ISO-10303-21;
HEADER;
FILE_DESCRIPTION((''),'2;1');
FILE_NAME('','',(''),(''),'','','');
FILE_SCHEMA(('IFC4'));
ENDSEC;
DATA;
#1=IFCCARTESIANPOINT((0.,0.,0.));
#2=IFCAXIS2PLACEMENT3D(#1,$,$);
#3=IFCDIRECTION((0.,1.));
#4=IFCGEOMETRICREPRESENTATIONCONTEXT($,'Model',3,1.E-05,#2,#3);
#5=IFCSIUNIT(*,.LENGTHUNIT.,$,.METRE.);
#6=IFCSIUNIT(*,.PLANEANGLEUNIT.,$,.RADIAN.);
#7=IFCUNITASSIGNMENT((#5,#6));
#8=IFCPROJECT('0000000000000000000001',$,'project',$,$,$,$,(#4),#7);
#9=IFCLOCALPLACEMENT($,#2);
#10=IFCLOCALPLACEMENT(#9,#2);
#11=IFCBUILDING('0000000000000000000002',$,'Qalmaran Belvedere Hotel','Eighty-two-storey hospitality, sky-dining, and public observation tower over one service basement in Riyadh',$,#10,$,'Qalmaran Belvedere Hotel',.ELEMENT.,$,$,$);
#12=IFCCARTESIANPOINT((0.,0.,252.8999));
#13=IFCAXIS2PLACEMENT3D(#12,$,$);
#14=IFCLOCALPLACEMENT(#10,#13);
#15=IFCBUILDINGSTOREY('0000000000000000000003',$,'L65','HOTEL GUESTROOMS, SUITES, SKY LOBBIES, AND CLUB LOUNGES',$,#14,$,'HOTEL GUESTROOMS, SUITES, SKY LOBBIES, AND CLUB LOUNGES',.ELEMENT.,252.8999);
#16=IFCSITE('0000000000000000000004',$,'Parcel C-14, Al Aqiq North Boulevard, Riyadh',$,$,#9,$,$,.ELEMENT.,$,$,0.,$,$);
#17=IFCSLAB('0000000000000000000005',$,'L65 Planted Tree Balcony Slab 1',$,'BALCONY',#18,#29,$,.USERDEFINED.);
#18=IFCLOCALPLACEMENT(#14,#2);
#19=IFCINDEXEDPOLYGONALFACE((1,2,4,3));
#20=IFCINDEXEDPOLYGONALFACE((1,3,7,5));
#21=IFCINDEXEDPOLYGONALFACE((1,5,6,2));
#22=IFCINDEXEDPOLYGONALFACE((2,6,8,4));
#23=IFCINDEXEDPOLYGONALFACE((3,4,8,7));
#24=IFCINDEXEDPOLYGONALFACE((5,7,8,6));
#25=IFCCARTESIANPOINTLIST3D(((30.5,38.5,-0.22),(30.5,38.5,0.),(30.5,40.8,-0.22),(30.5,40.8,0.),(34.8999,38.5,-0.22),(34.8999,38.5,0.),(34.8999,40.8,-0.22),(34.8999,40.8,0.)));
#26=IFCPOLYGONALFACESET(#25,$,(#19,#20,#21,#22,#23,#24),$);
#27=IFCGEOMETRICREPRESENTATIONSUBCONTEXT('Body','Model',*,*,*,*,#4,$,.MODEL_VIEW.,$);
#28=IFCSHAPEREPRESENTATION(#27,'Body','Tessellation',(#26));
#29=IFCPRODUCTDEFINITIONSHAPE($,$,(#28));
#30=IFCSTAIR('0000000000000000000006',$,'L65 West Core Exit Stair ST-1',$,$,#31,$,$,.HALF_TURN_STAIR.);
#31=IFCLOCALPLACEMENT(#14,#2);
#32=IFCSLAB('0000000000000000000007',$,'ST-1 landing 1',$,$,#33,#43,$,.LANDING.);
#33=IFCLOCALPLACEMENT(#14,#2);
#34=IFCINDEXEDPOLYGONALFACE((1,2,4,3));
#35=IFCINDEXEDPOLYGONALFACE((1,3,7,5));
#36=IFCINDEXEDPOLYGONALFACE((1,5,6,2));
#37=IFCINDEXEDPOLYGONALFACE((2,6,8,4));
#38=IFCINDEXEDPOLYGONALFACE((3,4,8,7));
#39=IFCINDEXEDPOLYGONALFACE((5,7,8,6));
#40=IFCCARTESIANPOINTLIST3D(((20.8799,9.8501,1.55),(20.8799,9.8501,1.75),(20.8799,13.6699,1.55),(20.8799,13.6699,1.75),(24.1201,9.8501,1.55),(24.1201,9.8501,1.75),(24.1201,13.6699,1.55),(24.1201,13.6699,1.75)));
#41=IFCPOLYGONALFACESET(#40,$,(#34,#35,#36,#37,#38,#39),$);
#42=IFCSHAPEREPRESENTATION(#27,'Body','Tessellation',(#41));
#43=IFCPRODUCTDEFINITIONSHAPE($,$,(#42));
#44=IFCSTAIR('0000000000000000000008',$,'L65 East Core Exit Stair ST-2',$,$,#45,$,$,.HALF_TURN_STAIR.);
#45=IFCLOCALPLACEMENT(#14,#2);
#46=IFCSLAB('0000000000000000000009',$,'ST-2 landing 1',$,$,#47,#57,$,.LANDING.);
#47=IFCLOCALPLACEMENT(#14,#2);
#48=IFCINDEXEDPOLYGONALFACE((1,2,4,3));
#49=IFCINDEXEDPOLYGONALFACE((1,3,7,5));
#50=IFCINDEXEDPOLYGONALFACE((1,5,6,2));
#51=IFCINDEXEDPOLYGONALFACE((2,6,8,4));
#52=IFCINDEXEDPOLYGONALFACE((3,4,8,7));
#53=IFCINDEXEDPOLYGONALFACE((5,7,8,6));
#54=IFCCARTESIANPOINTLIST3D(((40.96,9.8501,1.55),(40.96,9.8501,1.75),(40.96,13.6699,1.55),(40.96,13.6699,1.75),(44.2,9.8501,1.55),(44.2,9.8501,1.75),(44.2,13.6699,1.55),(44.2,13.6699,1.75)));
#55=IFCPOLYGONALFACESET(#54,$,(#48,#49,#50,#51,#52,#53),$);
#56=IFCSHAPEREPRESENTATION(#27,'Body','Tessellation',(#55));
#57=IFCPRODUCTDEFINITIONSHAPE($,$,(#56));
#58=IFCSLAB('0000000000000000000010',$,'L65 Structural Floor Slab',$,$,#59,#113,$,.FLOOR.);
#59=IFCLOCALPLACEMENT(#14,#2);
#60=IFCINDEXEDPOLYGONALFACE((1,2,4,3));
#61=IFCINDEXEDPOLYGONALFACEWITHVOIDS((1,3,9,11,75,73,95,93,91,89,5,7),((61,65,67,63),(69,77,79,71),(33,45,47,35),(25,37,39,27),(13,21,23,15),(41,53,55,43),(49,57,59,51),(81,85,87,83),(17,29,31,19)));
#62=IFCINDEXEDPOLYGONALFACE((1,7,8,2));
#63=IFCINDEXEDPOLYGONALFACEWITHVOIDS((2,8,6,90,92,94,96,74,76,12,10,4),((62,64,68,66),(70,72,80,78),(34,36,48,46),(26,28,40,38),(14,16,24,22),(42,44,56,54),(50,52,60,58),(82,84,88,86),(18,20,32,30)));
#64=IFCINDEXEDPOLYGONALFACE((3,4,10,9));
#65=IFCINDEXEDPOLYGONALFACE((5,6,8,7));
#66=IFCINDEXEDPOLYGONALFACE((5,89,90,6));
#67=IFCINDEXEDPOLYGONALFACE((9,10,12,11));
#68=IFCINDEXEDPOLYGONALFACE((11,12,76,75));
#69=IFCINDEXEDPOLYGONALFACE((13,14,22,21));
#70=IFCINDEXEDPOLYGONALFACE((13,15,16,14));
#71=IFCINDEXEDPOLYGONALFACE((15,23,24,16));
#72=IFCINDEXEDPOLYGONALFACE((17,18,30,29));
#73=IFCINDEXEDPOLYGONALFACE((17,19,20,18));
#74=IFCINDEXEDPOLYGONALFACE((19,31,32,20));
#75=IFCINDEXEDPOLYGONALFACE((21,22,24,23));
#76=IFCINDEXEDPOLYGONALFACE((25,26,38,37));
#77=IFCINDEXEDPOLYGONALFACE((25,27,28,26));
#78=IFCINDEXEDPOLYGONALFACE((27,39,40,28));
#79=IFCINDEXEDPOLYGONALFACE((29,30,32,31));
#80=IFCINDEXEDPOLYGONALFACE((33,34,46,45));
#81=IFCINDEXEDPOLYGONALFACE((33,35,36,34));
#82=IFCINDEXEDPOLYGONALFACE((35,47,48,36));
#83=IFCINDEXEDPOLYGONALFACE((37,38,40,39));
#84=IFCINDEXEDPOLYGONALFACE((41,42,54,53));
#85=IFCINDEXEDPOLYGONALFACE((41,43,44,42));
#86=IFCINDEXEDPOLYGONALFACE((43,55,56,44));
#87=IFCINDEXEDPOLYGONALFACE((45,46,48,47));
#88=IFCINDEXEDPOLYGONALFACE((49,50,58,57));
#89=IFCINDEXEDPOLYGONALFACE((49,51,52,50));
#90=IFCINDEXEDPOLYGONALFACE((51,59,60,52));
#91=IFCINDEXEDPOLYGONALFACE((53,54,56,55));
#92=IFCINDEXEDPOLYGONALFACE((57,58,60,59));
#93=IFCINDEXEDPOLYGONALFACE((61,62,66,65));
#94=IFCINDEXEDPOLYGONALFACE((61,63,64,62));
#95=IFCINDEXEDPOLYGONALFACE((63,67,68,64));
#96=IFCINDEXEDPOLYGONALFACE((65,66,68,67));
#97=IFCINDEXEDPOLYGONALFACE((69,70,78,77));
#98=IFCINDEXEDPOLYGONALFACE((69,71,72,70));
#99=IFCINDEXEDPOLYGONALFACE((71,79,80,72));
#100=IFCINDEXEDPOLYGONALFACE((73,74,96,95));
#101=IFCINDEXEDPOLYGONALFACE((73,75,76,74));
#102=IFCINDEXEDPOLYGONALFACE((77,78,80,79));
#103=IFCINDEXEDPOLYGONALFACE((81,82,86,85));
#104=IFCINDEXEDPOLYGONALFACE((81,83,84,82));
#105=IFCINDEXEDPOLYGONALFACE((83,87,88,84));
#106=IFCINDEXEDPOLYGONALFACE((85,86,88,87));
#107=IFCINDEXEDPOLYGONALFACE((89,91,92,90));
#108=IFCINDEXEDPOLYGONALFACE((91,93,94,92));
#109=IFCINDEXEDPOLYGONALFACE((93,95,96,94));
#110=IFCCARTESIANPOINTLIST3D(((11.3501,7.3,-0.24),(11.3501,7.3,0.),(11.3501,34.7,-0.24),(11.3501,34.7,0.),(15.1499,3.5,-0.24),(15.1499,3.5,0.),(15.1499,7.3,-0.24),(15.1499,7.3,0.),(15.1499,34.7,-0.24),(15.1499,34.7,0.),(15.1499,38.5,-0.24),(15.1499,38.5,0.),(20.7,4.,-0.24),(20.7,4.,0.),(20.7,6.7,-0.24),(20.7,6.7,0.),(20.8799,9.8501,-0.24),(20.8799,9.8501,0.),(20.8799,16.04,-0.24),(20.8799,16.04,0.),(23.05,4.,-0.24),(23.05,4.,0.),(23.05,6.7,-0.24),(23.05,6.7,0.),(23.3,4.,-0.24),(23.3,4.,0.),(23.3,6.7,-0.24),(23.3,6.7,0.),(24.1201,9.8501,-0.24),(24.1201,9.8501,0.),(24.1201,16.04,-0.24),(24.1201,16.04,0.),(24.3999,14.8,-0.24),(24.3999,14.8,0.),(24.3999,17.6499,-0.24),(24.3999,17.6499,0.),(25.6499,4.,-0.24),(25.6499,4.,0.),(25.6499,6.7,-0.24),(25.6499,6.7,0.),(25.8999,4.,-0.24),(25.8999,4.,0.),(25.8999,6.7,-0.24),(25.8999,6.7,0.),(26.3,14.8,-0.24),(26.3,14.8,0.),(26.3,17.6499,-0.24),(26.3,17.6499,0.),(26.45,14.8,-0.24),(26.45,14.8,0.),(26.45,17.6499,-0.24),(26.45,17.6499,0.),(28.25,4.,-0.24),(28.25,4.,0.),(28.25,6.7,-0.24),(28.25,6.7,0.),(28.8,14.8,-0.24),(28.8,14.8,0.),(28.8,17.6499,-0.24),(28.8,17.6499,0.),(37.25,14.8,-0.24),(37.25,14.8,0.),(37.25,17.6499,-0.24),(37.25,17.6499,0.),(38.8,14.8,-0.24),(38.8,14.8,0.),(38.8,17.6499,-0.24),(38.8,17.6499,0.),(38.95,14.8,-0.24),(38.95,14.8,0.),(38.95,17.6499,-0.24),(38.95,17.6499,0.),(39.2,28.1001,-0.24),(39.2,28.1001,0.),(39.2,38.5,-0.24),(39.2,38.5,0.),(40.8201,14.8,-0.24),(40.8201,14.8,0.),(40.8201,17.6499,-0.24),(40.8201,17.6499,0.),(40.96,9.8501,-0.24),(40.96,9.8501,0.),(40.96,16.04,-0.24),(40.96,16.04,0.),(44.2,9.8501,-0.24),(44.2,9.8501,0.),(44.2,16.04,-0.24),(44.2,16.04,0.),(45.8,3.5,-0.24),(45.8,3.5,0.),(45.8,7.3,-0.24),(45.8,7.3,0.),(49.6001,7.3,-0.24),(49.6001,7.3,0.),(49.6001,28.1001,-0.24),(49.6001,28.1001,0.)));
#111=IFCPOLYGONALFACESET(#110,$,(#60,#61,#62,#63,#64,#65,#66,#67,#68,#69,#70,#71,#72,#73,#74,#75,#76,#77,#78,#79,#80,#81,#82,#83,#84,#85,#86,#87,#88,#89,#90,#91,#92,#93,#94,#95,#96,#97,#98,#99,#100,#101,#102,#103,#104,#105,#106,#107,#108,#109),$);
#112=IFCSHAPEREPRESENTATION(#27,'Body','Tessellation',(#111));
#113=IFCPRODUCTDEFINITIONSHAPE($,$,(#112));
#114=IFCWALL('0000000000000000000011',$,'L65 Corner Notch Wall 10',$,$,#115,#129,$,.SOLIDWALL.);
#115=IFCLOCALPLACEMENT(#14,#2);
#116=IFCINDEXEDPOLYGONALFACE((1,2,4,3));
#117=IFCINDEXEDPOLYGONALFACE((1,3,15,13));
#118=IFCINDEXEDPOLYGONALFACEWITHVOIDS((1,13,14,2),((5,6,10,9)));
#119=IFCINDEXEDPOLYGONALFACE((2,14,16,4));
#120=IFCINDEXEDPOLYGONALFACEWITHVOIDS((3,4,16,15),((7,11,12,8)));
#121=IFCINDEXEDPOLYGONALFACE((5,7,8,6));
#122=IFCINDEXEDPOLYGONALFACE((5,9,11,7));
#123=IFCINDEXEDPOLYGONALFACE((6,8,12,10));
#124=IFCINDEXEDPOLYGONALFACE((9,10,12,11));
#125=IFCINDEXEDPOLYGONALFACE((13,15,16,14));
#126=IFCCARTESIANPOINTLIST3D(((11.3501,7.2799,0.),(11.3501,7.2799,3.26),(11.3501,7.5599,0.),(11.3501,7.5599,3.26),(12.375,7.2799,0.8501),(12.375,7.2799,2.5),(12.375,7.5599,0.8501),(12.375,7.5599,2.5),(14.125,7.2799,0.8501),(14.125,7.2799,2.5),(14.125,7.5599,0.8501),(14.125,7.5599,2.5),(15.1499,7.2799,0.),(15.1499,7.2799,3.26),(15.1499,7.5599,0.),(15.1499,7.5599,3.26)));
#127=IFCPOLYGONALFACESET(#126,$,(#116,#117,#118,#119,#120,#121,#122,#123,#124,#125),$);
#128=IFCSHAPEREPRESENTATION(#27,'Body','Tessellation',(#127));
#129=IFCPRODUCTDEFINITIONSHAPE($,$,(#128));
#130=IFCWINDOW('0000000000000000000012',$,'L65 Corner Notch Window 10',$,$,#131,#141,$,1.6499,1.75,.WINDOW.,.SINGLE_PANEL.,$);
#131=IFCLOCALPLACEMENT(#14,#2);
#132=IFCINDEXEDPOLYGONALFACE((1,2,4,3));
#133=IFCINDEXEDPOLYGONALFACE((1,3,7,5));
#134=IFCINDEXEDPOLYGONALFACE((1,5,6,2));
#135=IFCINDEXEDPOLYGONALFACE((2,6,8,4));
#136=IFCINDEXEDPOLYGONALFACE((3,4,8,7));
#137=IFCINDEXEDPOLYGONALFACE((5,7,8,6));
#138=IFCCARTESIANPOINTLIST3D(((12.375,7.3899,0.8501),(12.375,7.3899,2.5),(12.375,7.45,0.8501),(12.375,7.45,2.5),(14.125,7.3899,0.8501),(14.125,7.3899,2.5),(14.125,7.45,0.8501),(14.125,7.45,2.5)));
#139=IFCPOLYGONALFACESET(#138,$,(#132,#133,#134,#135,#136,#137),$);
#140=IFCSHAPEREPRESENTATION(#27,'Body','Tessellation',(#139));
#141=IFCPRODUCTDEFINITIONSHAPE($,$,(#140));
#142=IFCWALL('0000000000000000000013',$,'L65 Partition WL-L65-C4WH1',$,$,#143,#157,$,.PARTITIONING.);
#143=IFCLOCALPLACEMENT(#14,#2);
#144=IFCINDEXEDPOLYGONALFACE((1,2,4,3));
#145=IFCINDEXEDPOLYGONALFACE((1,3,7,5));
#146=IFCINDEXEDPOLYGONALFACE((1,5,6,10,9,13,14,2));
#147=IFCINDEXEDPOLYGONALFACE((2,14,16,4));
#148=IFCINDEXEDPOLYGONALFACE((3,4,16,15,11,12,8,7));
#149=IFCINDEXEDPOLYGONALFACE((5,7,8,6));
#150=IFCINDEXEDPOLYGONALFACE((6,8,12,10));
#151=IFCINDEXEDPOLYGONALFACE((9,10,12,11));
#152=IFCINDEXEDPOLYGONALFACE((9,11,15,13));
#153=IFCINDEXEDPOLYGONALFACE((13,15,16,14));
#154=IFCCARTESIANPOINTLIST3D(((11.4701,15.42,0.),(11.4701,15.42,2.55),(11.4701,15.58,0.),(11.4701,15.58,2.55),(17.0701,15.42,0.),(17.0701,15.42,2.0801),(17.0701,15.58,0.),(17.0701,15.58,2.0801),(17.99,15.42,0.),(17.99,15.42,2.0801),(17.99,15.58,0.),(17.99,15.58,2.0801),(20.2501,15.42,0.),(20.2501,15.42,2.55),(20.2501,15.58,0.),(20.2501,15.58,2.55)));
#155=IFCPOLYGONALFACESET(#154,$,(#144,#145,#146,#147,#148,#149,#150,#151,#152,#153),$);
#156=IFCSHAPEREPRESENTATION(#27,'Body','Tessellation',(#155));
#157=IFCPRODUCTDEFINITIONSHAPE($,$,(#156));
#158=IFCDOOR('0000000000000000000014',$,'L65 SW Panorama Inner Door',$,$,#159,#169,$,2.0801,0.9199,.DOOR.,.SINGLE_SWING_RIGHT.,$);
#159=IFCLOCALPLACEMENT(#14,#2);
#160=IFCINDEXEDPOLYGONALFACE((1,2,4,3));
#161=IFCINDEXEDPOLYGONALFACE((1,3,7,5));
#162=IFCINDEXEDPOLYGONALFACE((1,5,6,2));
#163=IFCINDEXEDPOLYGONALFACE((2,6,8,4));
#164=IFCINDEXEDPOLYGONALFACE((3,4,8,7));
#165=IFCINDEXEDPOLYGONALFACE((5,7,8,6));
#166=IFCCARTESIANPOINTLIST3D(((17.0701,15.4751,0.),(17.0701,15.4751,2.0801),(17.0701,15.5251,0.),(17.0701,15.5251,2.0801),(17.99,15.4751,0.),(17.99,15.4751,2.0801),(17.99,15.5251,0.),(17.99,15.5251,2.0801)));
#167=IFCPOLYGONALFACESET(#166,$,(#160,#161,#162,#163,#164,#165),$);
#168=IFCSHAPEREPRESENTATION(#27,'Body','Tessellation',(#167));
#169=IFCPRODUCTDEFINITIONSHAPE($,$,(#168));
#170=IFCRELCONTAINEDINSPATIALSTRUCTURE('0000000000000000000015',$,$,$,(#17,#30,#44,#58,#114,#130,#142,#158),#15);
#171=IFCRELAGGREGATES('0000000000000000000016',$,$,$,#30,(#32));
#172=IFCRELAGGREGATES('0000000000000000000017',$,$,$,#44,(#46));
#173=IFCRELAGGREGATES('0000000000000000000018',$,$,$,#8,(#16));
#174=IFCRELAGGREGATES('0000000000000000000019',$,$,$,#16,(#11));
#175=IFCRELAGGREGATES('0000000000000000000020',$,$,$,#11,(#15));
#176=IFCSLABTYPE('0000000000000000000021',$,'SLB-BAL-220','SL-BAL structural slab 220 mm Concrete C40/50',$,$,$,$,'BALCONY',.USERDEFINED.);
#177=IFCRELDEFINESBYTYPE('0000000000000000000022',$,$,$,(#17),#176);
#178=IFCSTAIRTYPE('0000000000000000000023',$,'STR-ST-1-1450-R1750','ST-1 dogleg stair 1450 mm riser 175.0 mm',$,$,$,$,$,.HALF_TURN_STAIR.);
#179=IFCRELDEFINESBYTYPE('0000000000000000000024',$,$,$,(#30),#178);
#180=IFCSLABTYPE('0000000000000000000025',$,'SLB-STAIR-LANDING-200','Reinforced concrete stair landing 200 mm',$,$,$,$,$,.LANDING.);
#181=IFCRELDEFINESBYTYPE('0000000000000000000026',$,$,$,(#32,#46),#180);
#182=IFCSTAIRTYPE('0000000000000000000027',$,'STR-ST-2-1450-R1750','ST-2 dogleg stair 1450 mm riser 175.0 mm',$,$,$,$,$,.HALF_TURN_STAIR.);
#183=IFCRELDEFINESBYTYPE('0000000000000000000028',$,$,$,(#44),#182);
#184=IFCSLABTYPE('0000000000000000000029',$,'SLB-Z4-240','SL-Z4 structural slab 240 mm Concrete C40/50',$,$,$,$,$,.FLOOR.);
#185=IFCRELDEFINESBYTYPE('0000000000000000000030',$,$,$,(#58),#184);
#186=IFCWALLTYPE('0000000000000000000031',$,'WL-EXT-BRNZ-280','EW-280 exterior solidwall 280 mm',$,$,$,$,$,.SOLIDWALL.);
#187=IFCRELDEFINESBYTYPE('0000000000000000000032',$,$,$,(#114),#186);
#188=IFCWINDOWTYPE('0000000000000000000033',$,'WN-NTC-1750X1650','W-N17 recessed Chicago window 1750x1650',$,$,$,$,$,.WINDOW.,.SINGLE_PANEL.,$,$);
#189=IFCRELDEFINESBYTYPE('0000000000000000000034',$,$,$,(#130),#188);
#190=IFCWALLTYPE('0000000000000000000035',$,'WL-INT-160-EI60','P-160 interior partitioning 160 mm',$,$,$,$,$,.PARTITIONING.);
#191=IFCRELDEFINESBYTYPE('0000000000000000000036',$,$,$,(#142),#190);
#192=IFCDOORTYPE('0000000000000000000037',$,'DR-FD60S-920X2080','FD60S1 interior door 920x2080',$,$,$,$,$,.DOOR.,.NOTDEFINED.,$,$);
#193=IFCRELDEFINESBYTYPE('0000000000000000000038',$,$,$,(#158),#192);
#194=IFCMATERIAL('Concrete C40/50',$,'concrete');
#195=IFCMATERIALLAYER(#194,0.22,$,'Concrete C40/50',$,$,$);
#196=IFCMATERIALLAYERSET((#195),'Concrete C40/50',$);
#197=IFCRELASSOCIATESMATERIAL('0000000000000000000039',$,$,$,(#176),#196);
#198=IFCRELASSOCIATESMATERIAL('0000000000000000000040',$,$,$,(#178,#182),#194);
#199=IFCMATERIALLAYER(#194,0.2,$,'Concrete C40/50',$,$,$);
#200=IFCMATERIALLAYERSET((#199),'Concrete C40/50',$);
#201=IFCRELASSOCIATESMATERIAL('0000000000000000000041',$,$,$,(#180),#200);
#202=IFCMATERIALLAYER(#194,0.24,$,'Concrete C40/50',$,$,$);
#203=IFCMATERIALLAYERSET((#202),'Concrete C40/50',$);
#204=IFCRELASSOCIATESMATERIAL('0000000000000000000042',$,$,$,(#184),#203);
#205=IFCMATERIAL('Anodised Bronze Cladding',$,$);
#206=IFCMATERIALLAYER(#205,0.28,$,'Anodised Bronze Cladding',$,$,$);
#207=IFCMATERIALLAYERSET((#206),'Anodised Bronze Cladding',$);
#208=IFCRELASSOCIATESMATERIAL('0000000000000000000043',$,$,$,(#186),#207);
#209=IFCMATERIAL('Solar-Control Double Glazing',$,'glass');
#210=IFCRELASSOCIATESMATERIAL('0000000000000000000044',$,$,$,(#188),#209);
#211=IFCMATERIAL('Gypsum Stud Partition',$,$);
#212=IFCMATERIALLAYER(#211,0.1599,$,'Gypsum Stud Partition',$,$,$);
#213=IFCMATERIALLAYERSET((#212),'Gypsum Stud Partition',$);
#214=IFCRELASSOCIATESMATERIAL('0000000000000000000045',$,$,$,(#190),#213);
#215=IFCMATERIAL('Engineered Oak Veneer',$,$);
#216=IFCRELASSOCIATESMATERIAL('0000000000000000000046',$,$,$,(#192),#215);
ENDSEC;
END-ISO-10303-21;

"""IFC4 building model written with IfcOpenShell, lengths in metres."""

from ifc_helpers import new_model, si_unit, direction, frame, frame_2d, origin, place, context, subcontext, project, spatial, polyline, rectangle, outline, extrude, material, layer, layer_set, type_object, element, fill, aggregate, save


model = new_model("IFC4")

# Units and contexts
model_context = context("Model", 3, precision=1e-05, world=origin(), true_north=direction((0.0, 1.0)))
body_context = subcontext(model_context, "Body", "Model", "MODEL_VIEW")
ifc_project = project(units=[si_unit("LENGTHUNIT", "METRE"), si_unit("PLANEANGLEUNIT", "RADIAN")], contexts=[model_context])

# Site, building, storey
site_placement = place(None, origin())
site = spatial("IfcSite", under=ifc_project, at=site_placement, Name="Parcel C-14, Al Aqiq North Boulevard, Riyadh", CompositionType="ELEMENT", RefElevation=0.0)
building_placement = place(site_placement, origin())
building = spatial("IfcBuilding", under=site, at=building_placement, Name="Qalmaran Belvedere Hotel", Description="Eighty-two-storey hospitality, sky-dining, and public observation tower over one service basement in Riyadh", LongName="Qalmaran Belvedere Hotel", CompositionType="ELEMENT")
storey_placement = place(building_placement, frame((0.0, 0.0, 252.8999)))
storey = spatial("IfcBuildingStorey", under=building, at=storey_placement, Name="L65", Description="HOTEL GUESTROOMS, SUITES, SKY LOBBIES, AND CLUB LOUNGES", LongName="HOTEL GUESTROOMS, SUITES, SKY LOBBIES, AND CLUB LOUNGES", CompositionType="ELEMENT", Elevation=252.8999)

# Shared definitions
ifc_material_1 = material(Name="Solar-Control Double Glazing", Category="glass")

# Slab
ifc_material_2 = material(Name="Concrete C40/50", Category="concrete")
ifc_layer_1 = layer(ifc_material_2, 0.22, Name="Concrete C40/50")
ifc_layer_set_1 = layer_set([ifc_layer_1], Name="Concrete C40/50")
slab_type_1 = type_object("IfcSlabType", Name="SLB-BAL-220", Description="SL-BAL structural slab 220 mm Concrete C40/50", ElementType="BALCONY", PredefinedType="USERDEFINED", material=ifc_layer_set_1)
slab_1_placement = place(storey_placement, frame((0.0, 0.0, -0.22)))
element("IfcSlab", 1, at=slab_1_placement, inside=storey, type_object=slab_type_1, Name="L65 Planted Tree Balcony Slab 1", ObjectType="BALCONY", PredefinedType="USERDEFINED", context=body_context, shape_type="SweptSolid", body=[
    extrude(outline(polyline([(30.5, 38.5), (34.8999, 38.5), (34.8999, 40.8), (30.5, 40.8), (30.5, 38.5)])), origin(), (0.0, 0.0, 1.0), 0.22),
])

# Stairs, slabs
stair_type_1 = type_object("IfcStairType", Name="STR-ST-1-1450-R1750", Description="ST-1 dogleg stair 1450 mm riser 175.0 mm", PredefinedType="HALF_TURN_STAIR", material=ifc_material_2)
stair_1_placement = place(storey_placement, origin())
stair_1 = element("IfcStair", 2, at=stair_1_placement, inside=storey, type_object=stair_type_1, Name="L65 West Core Exit Stair ST-1", PredefinedType="HALF_TURN_STAIR")
ifc_layer_2 = layer(ifc_material_2, 0.2, Name="Concrete C40/50")
ifc_layer_set_2 = layer_set([ifc_layer_2], Name="Concrete C40/50")
slab_type_2 = type_object("IfcSlabType", Name="SLB-STAIR-LANDING-200", Description="Reinforced concrete stair landing 200 mm", PredefinedType="LANDING", material=ifc_layer_set_2)
slab_2_placement = place(storey_placement, frame((0.0, 0.0, 1.55)))
slab_2 = element("IfcSlab", 3, at=slab_2_placement, type_object=slab_type_2, Name="ST-1 landing 1", PredefinedType="LANDING", context=body_context, shape_type="SweptSolid", body=[
    extrude(outline(polyline([(20.8799, 13.6699), (20.8799, 9.8501), (24.1201, 9.8501), (24.1201, 13.6699), (20.8799, 13.6699)])), origin(), (0.0, 0.0, 1.0), 0.2),
])
aggregate(stair_1, [slab_2])
stair_type_2 = type_object("IfcStairType", Name="STR-ST-2-1450-R1750", Description="ST-2 dogleg stair 1450 mm riser 175.0 mm", PredefinedType="HALF_TURN_STAIR", material=ifc_material_2)
stair_2_placement = place(storey_placement, origin())
stair_2 = element("IfcStair", 4, at=stair_2_placement, inside=storey, type_object=stair_type_2, Name="L65 East Core Exit Stair ST-2", PredefinedType="HALF_TURN_STAIR")
slab_3_placement = place(storey_placement, frame((0.0, 0.0, 1.55)))
slab_3 = element("IfcSlab", 5, at=slab_3_placement, type_object=slab_type_2, Name="ST-2 landing 1", PredefinedType="LANDING", context=body_context, shape_type="SweptSolid", body=[
    extrude(outline(polyline([(40.96, 13.6699), (40.96, 9.8501), (44.2, 9.8501), (44.2, 13.6699), (40.96, 13.6699)])), origin(), (0.0, 0.0, 1.0), 0.2),
])
aggregate(stair_2, [slab_3])

# Slab
ifc_layer_3 = layer(ifc_material_2, 0.24, Name="Concrete C40/50")
ifc_layer_set_3 = layer_set([ifc_layer_3], Name="Concrete C40/50")
slab_type_3 = type_object("IfcSlabType", Name="SLB-Z4-240", Description="SL-Z4 structural slab 240 mm Concrete C40/50", PredefinedType="FLOOR", material=ifc_layer_set_3)
slab_4_placement = place(storey_placement, frame((0.0, 0.0, -0.24)))
element("IfcSlab", 6, at=slab_4_placement, inside=storey, type_object=slab_type_3, Name="L65 Structural Floor Slab", PredefinedType="FLOOR", context=body_context, shape_type="SweptSolid", body=[
    extrude(outline(polyline([(15.1499, 3.5), (45.8, 3.5), (45.8, 7.3), (49.6001, 7.3), (49.6001, 28.1001), (39.2, 28.1001), (39.2, 38.5), (15.1499, 38.5), (15.1499, 34.7), (11.3501, 34.7), (11.3501, 7.3), (15.1499, 7.3), (15.1499, 3.5)]), holes=[polyline([(20.8799, 9.8501), (24.1201, 9.8501), (24.1201, 16.04), (20.8799, 16.04), (20.8799, 9.8501)]), polyline([(40.96, 9.8501), (44.2, 9.8501), (44.2, 16.04), (40.96, 16.04), (40.96, 9.8501)]), polyline([(20.7, 4.0), (23.05, 4.0), (23.05, 6.7), (20.7, 6.7), (20.7, 4.0)]), polyline([(23.3, 4.0), (25.6499, 4.0), (25.6499, 6.7), (23.3, 6.7), (23.3, 4.0)]), polyline([(25.8999, 4.0), (28.25, 4.0), (28.25, 6.7), (25.8999, 6.7), (25.8999, 4.0)]), polyline([(24.3999, 14.8), (26.3, 14.8), (26.3, 17.6499), (24.3999, 17.6499), (24.3999, 14.8)]), polyline([(38.95, 14.8), (40.8201, 14.8), (40.8201, 17.6499), (38.95, 17.6499), (38.95, 14.8)]), polyline([(26.45, 14.8), (28.8, 14.8), (28.8, 17.6499), (26.45, 17.6499), (26.45, 14.8)]), polyline([(37.25, 14.8), (38.8, 14.8), (38.8, 17.6499), (37.25, 17.6499), (37.25, 14.8)])]), origin(), (0.0, 0.0, 1.0), 0.24),
])

# Wall, opening, window
ifc_material_3 = material(Name="Anodised Bronze Cladding")
ifc_layer_4 = layer(ifc_material_3, 0.28, Name="Anodised Bronze Cladding")
ifc_layer_set_4 = layer_set([ifc_layer_4], Name="Anodised Bronze Cladding")
wall_type_1 = type_object("IfcWallType", Name="WL-EXT-BRNZ-280", Description="EW-280 exterior solidwall 280 mm", PredefinedType="SOLIDWALL", material=ifc_layer_set_4)
wall_1_placement = place(storey_placement, frame((11.3501, 7.4199, 0.0), z_axis=(0.0, 0.0, 1.0), x_axis=(1.0, 0.0, 0.0)))
wall_1 = element("IfcWall", 7, at=wall_1_placement, inside=storey, type_object=wall_type_1, Name="L65 Corner Notch Wall 10", PredefinedType="SOLIDWALL", context=body_context, shape_type="SweptSolid", body=[
    extrude(rectangle(XDim=3.7998, YDim=0.28, at=frame_2d((1.8999, 0.0))), origin(), (0.0, 0.0, 1.0), 3.26),
])
opening_1_placement = place(wall_1_placement, frame((1.0249, 0.0, 0.8501)))
opening_1 = element("IfcOpeningElement", 8, at=opening_1_placement, cuts=wall_1, PredefinedType="OPENING", context=body_context, shape_type="SweptSolid", body=[
    extrude(rectangle(XDim=1.75, YDim=1.6499, at=frame_2d((0.875, 0.825))), frame((0.0, 0.1499, 0.0), z_axis=(0.0, -1.0, 0.0), x_axis=(1.0, 0.0, 0.0)), (0.0, 0.0, 1.0), 0.3),
])
window_type = type_object("IfcWindowType", Name="WN-NTC-1750X1650", Description="W-N17 recessed Chicago window 1750x1650", PartitioningType="SINGLE_PANEL", PredefinedType="WINDOW", material=ifc_material_1)
window_placement = place(opening_1_placement, origin())
window = element("IfcWindow", 9, at=window_placement, inside=storey, type_object=window_type, Name="L65 Corner Notch Window 10", OverallHeight=1.6499, OverallWidth=1.75, PartitioningType="SINGLE_PANEL", PredefinedType="WINDOW", context=body_context, shape_type="SweptSolid", body=[
    extrude(rectangle(XDim=1.75, YDim=1.6499, at=frame_2d((0.875, 0.825))), frame((0.0, 0.03, 0.0), z_axis=(0.0, -1.0, 0.0), x_axis=(1.0, 0.0, 0.0)), (0.0, 0.0, 1.0), 0.0601),
])
fill(opening_1, window)

# Wall, opening, door
ifc_material_4 = material(Name="Gypsum Stud Partition")
ifc_layer_5 = layer(ifc_material_4, 0.1599, Name="Gypsum Stud Partition")
ifc_layer_set_5 = layer_set([ifc_layer_5], Name="Gypsum Stud Partition")
wall_type_2 = type_object("IfcWallType", Name="WL-INT-160-EI60", Description="P-160 interior partitioning 160 mm", PredefinedType="PARTITIONING", material=ifc_layer_set_5)
wall_2_placement = place(storey_placement, frame((11.47, 15.5, 0.0), z_axis=(0.0, 0.0, 1.0), x_axis=(1.0, 0.0, 0.0)))
wall_2 = element("IfcWall", 10, at=wall_2_placement, inside=storey, type_object=wall_type_2, Name="L65 Partition WL-L65-C4WH1", PredefinedType="PARTITIONING", context=body_context, shape_type="SweptSolid", body=[
    extrude(rectangle(XDim=8.78, YDim=0.1599, at=frame_2d((4.3901, 0.0))), origin(), (0.0, 0.0, 1.0), 2.55),
])
opening_2_placement = place(wall_2_placement, frame((6.52, 0.0, 0.0), z_axis=(0.0, 0.0, 1.0), x_axis=(-1.0, 0.0, 0.0)))
opening_2 = element("IfcOpeningElement", 11, at=opening_2_placement, cuts=wall_2, PredefinedType="OPENING", context=body_context, shape_type="SweptSolid", body=[
    extrude(rectangle(XDim=0.9199, YDim=2.0801, at=frame_2d((0.46, 1.04))), frame((0.0, 0.0898, 0.0), z_axis=(0.0, -1.0, 0.0), x_axis=(1.0, 0.0, 0.0)), (0.0, 0.0, 1.0), 0.1799),
])
ifc_material_5 = material(Name="Engineered Oak Veneer")
door_type = type_object("IfcDoorType", Name="DR-FD60S-920X2080", Description="FD60S1 interior door 920x2080", OperationType="NOTDEFINED", PredefinedType="DOOR", material=ifc_material_5)
door_placement = place(opening_2_placement, origin())
door = element("IfcDoor", 12, at=door_placement, inside=storey, type_object=door_type, Name="L65 SW Panorama Inner Door", OperationType="SINGLE_SWING_RIGHT", OverallHeight=2.0801, OverallWidth=0.9199, PredefinedType="DOOR", context=body_context, shape_type="SweptSolid", body=[
    extrude(rectangle(XDim=0.9199, YDim=2.0801, at=frame_2d((0.46, 1.04))), frame((0.0, 0.0249, 0.0), z_axis=(0.0, -1.0, 0.0), x_axis=(1.0, 0.0, 0.0)), (0.0, 0.0, 1.0), 0.05),
])
fill(opening_2, door)

save(model, "model.ifc")
